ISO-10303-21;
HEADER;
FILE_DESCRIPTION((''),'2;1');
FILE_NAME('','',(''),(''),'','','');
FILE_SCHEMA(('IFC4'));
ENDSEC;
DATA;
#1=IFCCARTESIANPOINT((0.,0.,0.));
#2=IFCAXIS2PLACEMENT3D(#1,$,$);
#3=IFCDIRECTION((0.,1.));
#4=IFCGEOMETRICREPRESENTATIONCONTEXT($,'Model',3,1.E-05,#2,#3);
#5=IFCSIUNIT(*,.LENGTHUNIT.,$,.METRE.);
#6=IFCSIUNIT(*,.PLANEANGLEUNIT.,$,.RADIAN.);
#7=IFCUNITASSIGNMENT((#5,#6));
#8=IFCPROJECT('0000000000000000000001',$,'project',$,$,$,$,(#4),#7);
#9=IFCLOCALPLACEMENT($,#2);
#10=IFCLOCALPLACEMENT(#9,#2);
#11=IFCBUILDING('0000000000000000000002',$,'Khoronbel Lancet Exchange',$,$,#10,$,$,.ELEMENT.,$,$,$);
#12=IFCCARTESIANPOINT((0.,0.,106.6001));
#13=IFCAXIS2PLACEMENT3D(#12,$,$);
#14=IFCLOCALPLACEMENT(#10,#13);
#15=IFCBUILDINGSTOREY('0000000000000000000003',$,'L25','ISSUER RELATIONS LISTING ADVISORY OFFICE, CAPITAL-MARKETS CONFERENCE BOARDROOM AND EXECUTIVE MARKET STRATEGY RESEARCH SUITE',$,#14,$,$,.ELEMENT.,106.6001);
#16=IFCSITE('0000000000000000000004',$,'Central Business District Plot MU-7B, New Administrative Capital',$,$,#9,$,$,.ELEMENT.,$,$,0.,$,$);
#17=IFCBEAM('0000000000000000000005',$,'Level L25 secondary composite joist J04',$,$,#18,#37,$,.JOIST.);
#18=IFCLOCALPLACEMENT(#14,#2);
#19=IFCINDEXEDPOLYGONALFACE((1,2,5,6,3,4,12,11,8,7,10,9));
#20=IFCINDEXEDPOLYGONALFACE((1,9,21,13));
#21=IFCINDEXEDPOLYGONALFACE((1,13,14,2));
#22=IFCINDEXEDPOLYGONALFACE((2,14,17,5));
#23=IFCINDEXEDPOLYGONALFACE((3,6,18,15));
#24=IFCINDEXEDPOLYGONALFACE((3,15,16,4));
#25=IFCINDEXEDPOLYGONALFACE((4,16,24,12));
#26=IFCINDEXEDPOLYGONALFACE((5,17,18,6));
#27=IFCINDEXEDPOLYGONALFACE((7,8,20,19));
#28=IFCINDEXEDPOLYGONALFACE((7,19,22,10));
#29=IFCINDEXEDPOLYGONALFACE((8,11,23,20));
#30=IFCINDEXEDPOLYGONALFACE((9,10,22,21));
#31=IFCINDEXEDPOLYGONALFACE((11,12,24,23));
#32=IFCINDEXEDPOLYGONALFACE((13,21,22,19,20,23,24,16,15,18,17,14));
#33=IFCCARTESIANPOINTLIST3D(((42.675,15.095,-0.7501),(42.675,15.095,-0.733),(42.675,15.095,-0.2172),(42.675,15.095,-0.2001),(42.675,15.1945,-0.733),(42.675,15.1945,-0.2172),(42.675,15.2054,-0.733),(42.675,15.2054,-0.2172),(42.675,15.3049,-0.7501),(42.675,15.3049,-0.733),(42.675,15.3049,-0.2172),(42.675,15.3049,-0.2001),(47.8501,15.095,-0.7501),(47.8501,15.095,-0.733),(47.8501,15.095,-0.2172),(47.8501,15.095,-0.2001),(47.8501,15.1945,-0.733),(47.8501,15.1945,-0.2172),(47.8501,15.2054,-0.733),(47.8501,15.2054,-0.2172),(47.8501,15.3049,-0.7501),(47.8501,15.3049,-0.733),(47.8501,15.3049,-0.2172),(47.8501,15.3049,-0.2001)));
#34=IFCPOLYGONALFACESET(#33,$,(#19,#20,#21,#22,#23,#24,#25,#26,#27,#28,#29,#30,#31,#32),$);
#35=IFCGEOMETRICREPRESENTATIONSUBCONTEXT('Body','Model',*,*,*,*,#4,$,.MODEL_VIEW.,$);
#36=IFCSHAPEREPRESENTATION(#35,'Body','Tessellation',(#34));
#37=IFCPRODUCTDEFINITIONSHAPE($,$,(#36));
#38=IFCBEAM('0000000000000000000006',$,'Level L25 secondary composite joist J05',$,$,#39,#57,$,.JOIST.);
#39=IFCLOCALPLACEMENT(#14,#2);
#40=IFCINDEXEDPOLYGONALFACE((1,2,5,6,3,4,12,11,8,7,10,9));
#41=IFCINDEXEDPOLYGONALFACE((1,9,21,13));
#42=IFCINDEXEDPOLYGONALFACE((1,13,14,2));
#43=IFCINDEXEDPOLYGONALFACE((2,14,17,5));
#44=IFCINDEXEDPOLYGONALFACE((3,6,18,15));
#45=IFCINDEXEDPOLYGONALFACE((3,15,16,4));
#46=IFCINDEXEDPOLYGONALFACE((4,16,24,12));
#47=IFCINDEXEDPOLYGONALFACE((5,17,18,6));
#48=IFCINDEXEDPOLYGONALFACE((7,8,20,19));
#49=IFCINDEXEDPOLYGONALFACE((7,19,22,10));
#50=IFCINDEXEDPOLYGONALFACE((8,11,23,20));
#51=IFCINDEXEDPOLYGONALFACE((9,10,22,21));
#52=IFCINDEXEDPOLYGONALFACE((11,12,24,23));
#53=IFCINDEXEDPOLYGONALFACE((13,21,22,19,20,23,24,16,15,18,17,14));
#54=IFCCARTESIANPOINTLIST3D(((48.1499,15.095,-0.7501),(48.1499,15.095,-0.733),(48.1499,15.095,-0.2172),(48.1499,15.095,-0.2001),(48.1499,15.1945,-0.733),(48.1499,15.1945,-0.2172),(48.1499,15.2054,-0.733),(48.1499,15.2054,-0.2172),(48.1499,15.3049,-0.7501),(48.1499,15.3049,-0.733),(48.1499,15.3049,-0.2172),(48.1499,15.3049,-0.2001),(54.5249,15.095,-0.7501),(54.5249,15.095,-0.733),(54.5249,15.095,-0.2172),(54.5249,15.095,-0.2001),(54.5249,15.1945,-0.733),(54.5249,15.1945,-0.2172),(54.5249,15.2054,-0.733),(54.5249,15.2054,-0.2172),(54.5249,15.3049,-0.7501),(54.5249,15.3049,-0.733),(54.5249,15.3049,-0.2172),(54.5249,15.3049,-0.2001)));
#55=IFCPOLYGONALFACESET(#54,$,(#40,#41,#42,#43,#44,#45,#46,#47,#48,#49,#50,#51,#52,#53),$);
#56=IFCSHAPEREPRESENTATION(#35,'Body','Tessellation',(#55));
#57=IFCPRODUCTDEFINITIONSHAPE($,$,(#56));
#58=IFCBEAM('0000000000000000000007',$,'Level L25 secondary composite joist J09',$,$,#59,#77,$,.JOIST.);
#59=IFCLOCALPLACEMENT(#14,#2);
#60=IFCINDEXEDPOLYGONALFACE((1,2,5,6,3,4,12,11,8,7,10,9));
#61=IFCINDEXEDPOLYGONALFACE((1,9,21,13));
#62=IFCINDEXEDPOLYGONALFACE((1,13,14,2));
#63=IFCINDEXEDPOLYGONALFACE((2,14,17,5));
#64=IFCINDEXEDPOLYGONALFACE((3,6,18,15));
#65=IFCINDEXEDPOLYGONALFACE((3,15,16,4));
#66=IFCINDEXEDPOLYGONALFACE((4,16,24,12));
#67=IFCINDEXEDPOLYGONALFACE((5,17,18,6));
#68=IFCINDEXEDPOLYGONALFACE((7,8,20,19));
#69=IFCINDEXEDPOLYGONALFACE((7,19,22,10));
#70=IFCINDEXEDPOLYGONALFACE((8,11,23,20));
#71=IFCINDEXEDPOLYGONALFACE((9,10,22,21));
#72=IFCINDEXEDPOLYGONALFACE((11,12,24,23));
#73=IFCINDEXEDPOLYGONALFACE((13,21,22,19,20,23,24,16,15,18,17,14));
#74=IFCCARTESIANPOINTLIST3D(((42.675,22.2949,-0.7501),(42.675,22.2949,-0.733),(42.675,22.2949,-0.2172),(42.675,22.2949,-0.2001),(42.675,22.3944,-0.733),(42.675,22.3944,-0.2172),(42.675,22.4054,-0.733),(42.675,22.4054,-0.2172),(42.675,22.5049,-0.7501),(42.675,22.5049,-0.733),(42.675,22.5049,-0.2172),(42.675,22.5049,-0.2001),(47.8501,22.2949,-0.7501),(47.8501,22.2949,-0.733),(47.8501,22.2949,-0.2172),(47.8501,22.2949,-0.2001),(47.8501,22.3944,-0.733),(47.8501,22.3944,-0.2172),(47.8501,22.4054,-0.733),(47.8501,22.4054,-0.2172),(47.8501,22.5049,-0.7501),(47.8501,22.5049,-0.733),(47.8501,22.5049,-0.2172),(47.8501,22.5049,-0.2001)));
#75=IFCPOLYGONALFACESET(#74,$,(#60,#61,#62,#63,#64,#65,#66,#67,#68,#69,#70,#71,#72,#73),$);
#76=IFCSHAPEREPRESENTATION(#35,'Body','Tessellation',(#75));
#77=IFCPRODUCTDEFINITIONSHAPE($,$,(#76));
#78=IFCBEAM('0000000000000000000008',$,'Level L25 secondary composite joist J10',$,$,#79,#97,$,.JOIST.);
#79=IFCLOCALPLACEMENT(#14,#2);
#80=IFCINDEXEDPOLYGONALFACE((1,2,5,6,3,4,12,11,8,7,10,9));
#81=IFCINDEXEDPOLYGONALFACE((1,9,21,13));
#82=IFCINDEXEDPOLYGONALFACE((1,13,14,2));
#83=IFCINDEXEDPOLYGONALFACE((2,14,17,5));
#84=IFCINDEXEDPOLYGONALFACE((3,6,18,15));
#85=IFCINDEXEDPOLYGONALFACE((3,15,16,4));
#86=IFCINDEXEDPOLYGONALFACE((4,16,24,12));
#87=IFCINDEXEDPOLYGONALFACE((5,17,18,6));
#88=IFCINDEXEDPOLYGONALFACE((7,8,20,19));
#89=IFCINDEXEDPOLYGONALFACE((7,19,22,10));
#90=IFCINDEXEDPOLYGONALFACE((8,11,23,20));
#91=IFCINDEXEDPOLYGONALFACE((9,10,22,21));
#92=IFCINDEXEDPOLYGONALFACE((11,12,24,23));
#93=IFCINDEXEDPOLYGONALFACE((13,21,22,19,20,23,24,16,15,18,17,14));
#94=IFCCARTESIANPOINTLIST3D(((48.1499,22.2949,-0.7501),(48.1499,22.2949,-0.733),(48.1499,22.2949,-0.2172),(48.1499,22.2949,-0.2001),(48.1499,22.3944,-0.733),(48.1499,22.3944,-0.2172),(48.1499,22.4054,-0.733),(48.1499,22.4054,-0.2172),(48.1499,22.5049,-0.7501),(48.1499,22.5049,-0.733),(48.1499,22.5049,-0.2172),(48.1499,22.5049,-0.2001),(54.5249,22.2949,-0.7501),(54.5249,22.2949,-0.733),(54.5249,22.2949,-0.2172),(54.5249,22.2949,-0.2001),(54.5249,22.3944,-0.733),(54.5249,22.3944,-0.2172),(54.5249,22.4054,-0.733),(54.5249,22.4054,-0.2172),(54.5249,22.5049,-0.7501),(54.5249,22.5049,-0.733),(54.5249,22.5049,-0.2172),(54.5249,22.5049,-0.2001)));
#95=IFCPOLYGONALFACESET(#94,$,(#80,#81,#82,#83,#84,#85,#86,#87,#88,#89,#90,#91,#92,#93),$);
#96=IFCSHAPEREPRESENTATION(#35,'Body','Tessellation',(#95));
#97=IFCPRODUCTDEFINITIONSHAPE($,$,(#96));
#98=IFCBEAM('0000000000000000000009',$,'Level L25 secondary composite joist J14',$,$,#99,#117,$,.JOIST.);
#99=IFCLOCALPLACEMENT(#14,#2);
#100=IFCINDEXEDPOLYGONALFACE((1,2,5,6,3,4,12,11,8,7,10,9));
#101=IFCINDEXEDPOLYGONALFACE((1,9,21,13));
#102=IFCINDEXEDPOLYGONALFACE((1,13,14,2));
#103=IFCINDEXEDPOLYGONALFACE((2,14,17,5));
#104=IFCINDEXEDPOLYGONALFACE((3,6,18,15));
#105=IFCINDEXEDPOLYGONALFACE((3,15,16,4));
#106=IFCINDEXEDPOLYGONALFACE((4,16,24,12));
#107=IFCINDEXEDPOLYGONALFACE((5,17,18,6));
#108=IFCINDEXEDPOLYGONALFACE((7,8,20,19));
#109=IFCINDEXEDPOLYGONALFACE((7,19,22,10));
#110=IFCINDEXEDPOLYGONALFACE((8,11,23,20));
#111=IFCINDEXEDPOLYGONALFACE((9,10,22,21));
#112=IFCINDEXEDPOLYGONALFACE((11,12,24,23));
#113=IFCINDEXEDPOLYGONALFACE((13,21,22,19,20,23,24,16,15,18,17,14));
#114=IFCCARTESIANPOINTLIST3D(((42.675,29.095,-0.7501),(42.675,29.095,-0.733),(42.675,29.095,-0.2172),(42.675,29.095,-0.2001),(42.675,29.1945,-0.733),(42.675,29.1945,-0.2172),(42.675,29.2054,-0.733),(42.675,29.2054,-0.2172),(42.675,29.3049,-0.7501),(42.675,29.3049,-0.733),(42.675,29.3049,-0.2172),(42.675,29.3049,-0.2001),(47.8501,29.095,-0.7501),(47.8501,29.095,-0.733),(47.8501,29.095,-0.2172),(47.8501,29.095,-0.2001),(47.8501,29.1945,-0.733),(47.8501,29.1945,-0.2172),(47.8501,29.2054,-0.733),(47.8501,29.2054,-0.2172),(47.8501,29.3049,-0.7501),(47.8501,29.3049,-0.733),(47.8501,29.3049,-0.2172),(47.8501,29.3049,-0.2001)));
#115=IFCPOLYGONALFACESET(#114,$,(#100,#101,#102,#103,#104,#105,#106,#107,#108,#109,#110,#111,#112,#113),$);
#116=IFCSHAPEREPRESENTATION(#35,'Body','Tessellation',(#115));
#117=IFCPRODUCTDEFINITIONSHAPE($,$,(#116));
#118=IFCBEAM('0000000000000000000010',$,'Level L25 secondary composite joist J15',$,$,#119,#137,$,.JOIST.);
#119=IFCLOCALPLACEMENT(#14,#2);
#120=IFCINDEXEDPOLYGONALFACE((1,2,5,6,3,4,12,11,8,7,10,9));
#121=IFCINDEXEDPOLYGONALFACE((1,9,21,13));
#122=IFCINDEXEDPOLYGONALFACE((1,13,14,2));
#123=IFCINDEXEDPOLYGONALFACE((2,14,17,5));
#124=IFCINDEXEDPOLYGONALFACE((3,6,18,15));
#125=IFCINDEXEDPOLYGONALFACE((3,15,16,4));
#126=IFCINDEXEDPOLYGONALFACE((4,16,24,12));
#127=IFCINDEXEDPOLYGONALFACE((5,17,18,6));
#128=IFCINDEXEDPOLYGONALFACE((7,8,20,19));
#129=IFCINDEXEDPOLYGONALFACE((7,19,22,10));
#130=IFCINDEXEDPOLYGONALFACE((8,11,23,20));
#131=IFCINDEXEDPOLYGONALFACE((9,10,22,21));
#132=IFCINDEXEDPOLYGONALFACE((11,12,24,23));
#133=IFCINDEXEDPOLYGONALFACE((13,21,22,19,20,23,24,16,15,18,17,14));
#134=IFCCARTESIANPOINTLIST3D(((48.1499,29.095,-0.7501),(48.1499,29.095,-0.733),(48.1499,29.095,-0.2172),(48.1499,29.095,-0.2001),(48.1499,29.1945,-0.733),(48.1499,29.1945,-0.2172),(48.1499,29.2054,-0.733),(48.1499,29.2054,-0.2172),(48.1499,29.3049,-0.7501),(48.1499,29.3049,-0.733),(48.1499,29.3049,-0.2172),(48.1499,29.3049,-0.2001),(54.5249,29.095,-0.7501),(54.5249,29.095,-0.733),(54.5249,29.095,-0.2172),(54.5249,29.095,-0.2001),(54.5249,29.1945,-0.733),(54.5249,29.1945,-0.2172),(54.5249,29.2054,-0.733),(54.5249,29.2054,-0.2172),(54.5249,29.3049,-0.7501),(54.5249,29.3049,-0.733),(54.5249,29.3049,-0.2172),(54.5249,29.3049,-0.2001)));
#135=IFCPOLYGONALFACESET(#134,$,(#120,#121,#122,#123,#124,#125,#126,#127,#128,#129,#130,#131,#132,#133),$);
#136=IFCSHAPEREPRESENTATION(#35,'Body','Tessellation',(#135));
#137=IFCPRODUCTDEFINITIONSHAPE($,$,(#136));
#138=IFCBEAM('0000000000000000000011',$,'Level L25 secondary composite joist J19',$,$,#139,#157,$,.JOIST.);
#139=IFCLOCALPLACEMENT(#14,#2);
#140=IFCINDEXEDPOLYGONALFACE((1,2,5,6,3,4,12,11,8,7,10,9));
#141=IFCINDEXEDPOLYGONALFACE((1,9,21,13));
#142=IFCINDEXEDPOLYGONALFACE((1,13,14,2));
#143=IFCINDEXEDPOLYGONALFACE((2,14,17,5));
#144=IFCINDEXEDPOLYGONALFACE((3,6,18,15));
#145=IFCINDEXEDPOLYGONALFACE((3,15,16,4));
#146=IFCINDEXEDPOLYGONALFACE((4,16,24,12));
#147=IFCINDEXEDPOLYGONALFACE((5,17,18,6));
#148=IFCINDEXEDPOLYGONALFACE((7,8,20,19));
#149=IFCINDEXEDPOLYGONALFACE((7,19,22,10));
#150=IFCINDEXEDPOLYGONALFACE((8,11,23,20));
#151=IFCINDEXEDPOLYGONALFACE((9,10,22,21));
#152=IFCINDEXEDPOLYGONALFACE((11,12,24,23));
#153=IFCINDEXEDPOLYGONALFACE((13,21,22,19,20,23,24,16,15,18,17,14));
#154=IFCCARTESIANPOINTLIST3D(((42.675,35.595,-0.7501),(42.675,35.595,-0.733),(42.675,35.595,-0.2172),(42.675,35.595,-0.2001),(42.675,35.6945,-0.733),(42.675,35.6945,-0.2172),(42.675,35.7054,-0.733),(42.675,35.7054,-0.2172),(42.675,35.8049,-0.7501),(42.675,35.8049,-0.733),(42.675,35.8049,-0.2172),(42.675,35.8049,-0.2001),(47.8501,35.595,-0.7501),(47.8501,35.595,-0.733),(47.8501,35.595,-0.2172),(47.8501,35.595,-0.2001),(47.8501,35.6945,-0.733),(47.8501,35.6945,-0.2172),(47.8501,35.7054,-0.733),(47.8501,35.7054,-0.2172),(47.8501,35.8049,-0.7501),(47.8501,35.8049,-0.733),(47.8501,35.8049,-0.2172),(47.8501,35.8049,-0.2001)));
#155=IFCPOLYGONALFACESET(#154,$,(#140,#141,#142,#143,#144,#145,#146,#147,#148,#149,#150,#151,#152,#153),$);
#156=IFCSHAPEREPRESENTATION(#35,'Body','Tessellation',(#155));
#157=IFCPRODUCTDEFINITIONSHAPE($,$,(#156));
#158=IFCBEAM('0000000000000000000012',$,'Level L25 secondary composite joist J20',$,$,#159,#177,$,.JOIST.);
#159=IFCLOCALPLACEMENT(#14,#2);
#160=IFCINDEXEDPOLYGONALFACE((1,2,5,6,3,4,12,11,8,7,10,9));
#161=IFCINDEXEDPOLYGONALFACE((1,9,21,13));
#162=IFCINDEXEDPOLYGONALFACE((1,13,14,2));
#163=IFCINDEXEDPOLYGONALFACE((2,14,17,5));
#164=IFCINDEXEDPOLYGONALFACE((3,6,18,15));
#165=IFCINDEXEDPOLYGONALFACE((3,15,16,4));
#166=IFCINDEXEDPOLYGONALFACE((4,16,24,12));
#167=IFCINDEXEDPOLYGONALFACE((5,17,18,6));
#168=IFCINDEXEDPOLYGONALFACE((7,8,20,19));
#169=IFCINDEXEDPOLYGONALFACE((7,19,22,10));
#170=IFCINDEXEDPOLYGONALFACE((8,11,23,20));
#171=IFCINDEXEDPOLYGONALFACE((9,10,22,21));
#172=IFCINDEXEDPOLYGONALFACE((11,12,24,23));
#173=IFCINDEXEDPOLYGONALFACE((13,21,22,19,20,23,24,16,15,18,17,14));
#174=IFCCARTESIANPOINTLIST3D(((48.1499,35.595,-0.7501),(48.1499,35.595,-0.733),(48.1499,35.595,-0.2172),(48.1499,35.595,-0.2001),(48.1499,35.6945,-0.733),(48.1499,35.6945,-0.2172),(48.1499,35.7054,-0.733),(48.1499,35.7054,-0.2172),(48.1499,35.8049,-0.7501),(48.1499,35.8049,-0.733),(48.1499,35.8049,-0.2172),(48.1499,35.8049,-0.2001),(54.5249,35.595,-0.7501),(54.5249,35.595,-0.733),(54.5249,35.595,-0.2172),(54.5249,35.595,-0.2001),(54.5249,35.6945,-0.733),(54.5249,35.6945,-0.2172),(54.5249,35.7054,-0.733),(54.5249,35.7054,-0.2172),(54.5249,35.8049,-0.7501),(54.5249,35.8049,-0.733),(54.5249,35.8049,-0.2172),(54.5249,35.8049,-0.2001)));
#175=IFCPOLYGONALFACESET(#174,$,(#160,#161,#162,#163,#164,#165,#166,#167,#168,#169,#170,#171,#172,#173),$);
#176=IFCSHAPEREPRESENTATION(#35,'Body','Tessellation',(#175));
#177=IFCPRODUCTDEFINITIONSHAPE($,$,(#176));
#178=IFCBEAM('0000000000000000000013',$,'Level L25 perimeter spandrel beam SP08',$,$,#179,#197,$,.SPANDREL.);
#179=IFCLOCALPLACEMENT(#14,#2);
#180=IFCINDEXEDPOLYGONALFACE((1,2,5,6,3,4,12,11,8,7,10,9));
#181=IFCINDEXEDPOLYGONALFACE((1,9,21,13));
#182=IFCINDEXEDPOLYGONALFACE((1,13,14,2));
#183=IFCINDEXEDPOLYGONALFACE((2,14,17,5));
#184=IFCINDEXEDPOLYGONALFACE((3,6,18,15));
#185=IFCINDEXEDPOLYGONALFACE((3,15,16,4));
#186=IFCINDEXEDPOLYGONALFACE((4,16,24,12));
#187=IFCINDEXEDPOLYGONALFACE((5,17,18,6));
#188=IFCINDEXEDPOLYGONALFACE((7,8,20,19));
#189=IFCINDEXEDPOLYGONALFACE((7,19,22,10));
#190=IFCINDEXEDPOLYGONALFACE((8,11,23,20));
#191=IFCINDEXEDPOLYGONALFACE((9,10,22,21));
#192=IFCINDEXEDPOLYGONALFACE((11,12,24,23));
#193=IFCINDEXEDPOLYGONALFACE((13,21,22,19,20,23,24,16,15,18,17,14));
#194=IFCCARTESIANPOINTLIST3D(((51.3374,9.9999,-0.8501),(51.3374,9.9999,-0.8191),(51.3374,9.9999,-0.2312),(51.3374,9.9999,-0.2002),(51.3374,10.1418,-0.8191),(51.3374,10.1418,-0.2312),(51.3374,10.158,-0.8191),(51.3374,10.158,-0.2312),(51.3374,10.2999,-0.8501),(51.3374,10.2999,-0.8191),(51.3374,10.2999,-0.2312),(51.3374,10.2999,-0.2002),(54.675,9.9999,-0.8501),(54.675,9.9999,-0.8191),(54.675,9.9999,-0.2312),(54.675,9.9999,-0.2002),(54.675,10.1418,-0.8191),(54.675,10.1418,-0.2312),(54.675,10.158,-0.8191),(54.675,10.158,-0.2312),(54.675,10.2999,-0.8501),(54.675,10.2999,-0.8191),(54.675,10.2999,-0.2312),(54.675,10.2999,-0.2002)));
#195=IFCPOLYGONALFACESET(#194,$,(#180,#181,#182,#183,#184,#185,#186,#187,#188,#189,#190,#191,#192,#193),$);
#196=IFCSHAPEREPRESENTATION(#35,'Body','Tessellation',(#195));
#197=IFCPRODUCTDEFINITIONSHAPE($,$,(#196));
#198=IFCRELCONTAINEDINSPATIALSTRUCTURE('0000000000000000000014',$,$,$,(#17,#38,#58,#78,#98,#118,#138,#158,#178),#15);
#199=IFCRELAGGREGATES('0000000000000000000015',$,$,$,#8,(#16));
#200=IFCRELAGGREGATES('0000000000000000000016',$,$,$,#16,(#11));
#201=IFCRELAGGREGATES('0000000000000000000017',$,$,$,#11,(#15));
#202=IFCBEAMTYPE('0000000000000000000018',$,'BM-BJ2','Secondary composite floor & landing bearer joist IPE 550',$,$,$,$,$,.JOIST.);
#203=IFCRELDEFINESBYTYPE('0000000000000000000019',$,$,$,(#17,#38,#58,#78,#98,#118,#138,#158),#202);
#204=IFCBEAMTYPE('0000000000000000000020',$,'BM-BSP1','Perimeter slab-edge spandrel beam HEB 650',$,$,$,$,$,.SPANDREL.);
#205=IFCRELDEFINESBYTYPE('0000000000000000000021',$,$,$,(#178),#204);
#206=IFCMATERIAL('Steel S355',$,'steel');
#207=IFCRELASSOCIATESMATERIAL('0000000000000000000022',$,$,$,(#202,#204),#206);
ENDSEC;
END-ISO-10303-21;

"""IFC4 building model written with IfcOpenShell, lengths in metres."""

from ifc_helpers import new_model, si_unit, direction, frame, origin, origin_2d, place, context, subcontext, project, spatial, i_section, extrude, material, material_profile, profile_set, type_object, element, save


model = new_model("IFC4")

# Units and contexts
model_context = context("Model", 3, precision=1e-05, world=origin(), true_north=direction((0.0, 1.0)))
body_context = subcontext(model_context, "Body", "Model", "MODEL_VIEW")
ifc_project = project(units=[si_unit("LENGTHUNIT", "METRE"), si_unit("PLANEANGLEUNIT", "RADIAN")], contexts=[model_context])

# Site, building, storey
site_placement = place(None, origin())
site = spatial("IfcSite", under=ifc_project, at=site_placement, Name="Central Business District Plot MU-7B, New Administrative Capital", CompositionType="ELEMENT", RefElevation=0.0)
building_placement = place(site_placement, origin())
building = spatial("IfcBuilding", under=site, at=building_placement, Name="Khoronbel Lancet Exchange", CompositionType="ELEMENT")
storey_placement = place(building_placement, frame((0.0, 0.0, 106.6001)))
storey = spatial("IfcBuildingStorey", under=building, at=storey_placement, Name="L25", Description="ISSUER RELATIONS LISTING ADVISORY OFFICE, CAPITAL-MARKETS CONFERENCE BOARDROOM AND EXECUTIVE MARKET STRATEGY RESEARCH SUITE", CompositionType="ELEMENT", Elevation=106.6001)

# Beams
ifc_material_1 = material(Name="Steel S355", Category="steel")
ifc_material_profile_1 = material_profile(ifc_material_1, i_section(OverallWidth=0.21, OverallDepth=0.55, WebThickness=0.011, FlangeThickness=0.0171, at=origin_2d()), Name="IPE 550")
ifc_profile_set_1 = profile_set([ifc_material_profile_1], Name="Steel S355")
beam_type_1 = type_object("IfcBeamType", Name="BM-BJ2", Description="Secondary composite floor & landing bearer joist IPE 550", PredefinedType="JOIST", material=ifc_profile_set_1)
beam_1_placement = place(storey_placement, frame((42.675, 15.2, -0.4751), z_axis=(1.0, 0.0, 0.0), x_axis=(0.0, 1.0, 0.0)))
element("IfcBeam", 1, at=beam_1_placement, inside=storey, type_object=beam_type_1, Name="Level L25 secondary composite joist J04", PredefinedType="JOIST", context=body_context, shape_type="SweptSolid", body=[
    extrude(i_section(OverallWidth=0.21, OverallDepth=0.55, WebThickness=0.011, FlangeThickness=0.0171, at=origin_2d()), origin(), (0.0, 0.0, 1.0), 5.175),
])
beam_2_placement = place(storey_placement, frame((48.1499, 15.2, -0.4751), z_axis=(1.0, 0.0, 0.0), x_axis=(0.0, 1.0, 0.0)))
element("IfcBeam", 2, at=beam_2_placement, inside=storey, type_object=beam_type_1, Name="Level L25 secondary composite joist J05", PredefinedType="JOIST", context=body_context, shape_type="SweptSolid", body=[
    extrude(i_section(OverallWidth=0.21, OverallDepth=0.55, WebThickness=0.011, FlangeThickness=0.0171, at=origin_2d()), origin(), (0.0, 0.0, 1.0), 6.375),
])
beam_3_placement = place(storey_placement, frame((42.675, 22.3999, -0.4751), z_axis=(1.0, 0.0, 0.0), x_axis=(0.0, 1.0, 0.0)))
element("IfcBeam", 3, at=beam_3_placement, inside=storey, type_object=beam_type_1, Name="Level L25 secondary composite joist J09", PredefinedType="JOIST", context=body_context, shape_type="SweptSolid", body=[
    extrude(i_section(OverallWidth=0.21, OverallDepth=0.55, WebThickness=0.011, FlangeThickness=0.0171, at=origin_2d()), origin(), (0.0, 0.0, 1.0), 5.175),
])
beam_4_placement = place(storey_placement, frame((48.1499, 22.3999, -0.4751), z_axis=(1.0, 0.0, 0.0), x_axis=(0.0, 1.0, 0.0)))
element("IfcBeam", 4, at=beam_4_placement, inside=storey, type_object=beam_type_1, Name="Level L25 secondary composite joist J10", PredefinedType="JOIST", context=body_context, shape_type="SweptSolid", body=[
    extrude(i_section(OverallWidth=0.21, OverallDepth=0.55, WebThickness=0.011, FlangeThickness=0.0171, at=origin_2d()), origin(), (0.0, 0.0, 1.0), 6.375),
])
beam_5_placement = place(storey_placement, frame((42.675, 29.2, -0.4751), z_axis=(1.0, 0.0, 0.0), x_axis=(0.0, 1.0, 0.0)))
element("IfcBeam", 5, at=beam_5_placement, inside=storey, type_object=beam_type_1, Name="Level L25 secondary composite joist J14", PredefinedType="JOIST", context=body_context, shape_type="SweptSolid", body=[
    extrude(i_section(OverallWidth=0.21, OverallDepth=0.55, WebThickness=0.011, FlangeThickness=0.0171, at=origin_2d()), origin(), (0.0, 0.0, 1.0), 5.175),
])
beam_6_placement = place(storey_placement, frame((48.1499, 29.2, -0.4751), z_axis=(1.0, 0.0, 0.0), x_axis=(0.0, 1.0, 0.0)))
element("IfcBeam", 6, at=beam_6_placement, inside=storey, type_object=beam_type_1, Name="Level L25 secondary composite joist J15", PredefinedType="JOIST", context=body_context, shape_type="SweptSolid", body=[
    extrude(i_section(OverallWidth=0.21, OverallDepth=0.55, WebThickness=0.011, FlangeThickness=0.0171, at=origin_2d()), origin(), (0.0, 0.0, 1.0), 6.375),
])
beam_7_placement = place(storey_placement, frame((42.675, 35.7, -0.4751), z_axis=(1.0, 0.0, 0.0), x_axis=(0.0, 1.0, 0.0)))
element("IfcBeam", 7, at=beam_7_placement, inside=storey, type_object=beam_type_1, Name="Level L25 secondary composite joist J19", PredefinedType="JOIST", context=body_context, shape_type="SweptSolid", body=[
    extrude(i_section(OverallWidth=0.21, OverallDepth=0.55, WebThickness=0.011, FlangeThickness=0.0171, at=origin_2d()), origin(), (0.0, 0.0, 1.0), 5.175),
])
beam_8_placement = place(storey_placement, frame((48.1499, 35.7, -0.4751), z_axis=(1.0, 0.0, 0.0), x_axis=(0.0, 1.0, 0.0)))
element("IfcBeam", 8, at=beam_8_placement, inside=storey, type_object=beam_type_1, Name="Level L25 secondary composite joist J20", PredefinedType="JOIST", context=body_context, shape_type="SweptSolid", body=[
    extrude(i_section(OverallWidth=0.21, OverallDepth=0.55, WebThickness=0.011, FlangeThickness=0.0171, at=origin_2d()), origin(), (0.0, 0.0, 1.0), 6.375),
])
ifc_material_profile_2 = material_profile(ifc_material_1, i_section(OverallWidth=0.3, OverallDepth=0.6499, WebThickness=0.0161, FlangeThickness=0.031, at=origin_2d()), Name="HEB 650")
ifc_profile_set_2 = profile_set([ifc_material_profile_2], Name="Steel S355")
beam_type_2 = type_object("IfcBeamType", Name="BM-BSP1", Description="Perimeter slab-edge spandrel beam HEB 650", PredefinedType="SPANDREL", material=ifc_profile_set_2)
beam_9_placement = place(storey_placement, frame((51.3374, 10.1499, -0.5251), z_axis=(1.0, 0.0, 0.0), x_axis=(0.0, 1.0, 0.0)))
element("IfcBeam", 9, at=beam_9_placement, inside=storey, type_object=beam_type_2, Name="Level L25 perimeter spandrel beam SP08", PredefinedType="SPANDREL", context=body_context, shape_type="SweptSolid", body=[
    extrude(i_section(OverallWidth=0.3, OverallDepth=0.6499, WebThickness=0.0161, FlangeThickness=0.031, at=origin_2d()), origin(), (0.0, 0.0, 1.0), 3.3376),
])

save(model, "model.ifc")
